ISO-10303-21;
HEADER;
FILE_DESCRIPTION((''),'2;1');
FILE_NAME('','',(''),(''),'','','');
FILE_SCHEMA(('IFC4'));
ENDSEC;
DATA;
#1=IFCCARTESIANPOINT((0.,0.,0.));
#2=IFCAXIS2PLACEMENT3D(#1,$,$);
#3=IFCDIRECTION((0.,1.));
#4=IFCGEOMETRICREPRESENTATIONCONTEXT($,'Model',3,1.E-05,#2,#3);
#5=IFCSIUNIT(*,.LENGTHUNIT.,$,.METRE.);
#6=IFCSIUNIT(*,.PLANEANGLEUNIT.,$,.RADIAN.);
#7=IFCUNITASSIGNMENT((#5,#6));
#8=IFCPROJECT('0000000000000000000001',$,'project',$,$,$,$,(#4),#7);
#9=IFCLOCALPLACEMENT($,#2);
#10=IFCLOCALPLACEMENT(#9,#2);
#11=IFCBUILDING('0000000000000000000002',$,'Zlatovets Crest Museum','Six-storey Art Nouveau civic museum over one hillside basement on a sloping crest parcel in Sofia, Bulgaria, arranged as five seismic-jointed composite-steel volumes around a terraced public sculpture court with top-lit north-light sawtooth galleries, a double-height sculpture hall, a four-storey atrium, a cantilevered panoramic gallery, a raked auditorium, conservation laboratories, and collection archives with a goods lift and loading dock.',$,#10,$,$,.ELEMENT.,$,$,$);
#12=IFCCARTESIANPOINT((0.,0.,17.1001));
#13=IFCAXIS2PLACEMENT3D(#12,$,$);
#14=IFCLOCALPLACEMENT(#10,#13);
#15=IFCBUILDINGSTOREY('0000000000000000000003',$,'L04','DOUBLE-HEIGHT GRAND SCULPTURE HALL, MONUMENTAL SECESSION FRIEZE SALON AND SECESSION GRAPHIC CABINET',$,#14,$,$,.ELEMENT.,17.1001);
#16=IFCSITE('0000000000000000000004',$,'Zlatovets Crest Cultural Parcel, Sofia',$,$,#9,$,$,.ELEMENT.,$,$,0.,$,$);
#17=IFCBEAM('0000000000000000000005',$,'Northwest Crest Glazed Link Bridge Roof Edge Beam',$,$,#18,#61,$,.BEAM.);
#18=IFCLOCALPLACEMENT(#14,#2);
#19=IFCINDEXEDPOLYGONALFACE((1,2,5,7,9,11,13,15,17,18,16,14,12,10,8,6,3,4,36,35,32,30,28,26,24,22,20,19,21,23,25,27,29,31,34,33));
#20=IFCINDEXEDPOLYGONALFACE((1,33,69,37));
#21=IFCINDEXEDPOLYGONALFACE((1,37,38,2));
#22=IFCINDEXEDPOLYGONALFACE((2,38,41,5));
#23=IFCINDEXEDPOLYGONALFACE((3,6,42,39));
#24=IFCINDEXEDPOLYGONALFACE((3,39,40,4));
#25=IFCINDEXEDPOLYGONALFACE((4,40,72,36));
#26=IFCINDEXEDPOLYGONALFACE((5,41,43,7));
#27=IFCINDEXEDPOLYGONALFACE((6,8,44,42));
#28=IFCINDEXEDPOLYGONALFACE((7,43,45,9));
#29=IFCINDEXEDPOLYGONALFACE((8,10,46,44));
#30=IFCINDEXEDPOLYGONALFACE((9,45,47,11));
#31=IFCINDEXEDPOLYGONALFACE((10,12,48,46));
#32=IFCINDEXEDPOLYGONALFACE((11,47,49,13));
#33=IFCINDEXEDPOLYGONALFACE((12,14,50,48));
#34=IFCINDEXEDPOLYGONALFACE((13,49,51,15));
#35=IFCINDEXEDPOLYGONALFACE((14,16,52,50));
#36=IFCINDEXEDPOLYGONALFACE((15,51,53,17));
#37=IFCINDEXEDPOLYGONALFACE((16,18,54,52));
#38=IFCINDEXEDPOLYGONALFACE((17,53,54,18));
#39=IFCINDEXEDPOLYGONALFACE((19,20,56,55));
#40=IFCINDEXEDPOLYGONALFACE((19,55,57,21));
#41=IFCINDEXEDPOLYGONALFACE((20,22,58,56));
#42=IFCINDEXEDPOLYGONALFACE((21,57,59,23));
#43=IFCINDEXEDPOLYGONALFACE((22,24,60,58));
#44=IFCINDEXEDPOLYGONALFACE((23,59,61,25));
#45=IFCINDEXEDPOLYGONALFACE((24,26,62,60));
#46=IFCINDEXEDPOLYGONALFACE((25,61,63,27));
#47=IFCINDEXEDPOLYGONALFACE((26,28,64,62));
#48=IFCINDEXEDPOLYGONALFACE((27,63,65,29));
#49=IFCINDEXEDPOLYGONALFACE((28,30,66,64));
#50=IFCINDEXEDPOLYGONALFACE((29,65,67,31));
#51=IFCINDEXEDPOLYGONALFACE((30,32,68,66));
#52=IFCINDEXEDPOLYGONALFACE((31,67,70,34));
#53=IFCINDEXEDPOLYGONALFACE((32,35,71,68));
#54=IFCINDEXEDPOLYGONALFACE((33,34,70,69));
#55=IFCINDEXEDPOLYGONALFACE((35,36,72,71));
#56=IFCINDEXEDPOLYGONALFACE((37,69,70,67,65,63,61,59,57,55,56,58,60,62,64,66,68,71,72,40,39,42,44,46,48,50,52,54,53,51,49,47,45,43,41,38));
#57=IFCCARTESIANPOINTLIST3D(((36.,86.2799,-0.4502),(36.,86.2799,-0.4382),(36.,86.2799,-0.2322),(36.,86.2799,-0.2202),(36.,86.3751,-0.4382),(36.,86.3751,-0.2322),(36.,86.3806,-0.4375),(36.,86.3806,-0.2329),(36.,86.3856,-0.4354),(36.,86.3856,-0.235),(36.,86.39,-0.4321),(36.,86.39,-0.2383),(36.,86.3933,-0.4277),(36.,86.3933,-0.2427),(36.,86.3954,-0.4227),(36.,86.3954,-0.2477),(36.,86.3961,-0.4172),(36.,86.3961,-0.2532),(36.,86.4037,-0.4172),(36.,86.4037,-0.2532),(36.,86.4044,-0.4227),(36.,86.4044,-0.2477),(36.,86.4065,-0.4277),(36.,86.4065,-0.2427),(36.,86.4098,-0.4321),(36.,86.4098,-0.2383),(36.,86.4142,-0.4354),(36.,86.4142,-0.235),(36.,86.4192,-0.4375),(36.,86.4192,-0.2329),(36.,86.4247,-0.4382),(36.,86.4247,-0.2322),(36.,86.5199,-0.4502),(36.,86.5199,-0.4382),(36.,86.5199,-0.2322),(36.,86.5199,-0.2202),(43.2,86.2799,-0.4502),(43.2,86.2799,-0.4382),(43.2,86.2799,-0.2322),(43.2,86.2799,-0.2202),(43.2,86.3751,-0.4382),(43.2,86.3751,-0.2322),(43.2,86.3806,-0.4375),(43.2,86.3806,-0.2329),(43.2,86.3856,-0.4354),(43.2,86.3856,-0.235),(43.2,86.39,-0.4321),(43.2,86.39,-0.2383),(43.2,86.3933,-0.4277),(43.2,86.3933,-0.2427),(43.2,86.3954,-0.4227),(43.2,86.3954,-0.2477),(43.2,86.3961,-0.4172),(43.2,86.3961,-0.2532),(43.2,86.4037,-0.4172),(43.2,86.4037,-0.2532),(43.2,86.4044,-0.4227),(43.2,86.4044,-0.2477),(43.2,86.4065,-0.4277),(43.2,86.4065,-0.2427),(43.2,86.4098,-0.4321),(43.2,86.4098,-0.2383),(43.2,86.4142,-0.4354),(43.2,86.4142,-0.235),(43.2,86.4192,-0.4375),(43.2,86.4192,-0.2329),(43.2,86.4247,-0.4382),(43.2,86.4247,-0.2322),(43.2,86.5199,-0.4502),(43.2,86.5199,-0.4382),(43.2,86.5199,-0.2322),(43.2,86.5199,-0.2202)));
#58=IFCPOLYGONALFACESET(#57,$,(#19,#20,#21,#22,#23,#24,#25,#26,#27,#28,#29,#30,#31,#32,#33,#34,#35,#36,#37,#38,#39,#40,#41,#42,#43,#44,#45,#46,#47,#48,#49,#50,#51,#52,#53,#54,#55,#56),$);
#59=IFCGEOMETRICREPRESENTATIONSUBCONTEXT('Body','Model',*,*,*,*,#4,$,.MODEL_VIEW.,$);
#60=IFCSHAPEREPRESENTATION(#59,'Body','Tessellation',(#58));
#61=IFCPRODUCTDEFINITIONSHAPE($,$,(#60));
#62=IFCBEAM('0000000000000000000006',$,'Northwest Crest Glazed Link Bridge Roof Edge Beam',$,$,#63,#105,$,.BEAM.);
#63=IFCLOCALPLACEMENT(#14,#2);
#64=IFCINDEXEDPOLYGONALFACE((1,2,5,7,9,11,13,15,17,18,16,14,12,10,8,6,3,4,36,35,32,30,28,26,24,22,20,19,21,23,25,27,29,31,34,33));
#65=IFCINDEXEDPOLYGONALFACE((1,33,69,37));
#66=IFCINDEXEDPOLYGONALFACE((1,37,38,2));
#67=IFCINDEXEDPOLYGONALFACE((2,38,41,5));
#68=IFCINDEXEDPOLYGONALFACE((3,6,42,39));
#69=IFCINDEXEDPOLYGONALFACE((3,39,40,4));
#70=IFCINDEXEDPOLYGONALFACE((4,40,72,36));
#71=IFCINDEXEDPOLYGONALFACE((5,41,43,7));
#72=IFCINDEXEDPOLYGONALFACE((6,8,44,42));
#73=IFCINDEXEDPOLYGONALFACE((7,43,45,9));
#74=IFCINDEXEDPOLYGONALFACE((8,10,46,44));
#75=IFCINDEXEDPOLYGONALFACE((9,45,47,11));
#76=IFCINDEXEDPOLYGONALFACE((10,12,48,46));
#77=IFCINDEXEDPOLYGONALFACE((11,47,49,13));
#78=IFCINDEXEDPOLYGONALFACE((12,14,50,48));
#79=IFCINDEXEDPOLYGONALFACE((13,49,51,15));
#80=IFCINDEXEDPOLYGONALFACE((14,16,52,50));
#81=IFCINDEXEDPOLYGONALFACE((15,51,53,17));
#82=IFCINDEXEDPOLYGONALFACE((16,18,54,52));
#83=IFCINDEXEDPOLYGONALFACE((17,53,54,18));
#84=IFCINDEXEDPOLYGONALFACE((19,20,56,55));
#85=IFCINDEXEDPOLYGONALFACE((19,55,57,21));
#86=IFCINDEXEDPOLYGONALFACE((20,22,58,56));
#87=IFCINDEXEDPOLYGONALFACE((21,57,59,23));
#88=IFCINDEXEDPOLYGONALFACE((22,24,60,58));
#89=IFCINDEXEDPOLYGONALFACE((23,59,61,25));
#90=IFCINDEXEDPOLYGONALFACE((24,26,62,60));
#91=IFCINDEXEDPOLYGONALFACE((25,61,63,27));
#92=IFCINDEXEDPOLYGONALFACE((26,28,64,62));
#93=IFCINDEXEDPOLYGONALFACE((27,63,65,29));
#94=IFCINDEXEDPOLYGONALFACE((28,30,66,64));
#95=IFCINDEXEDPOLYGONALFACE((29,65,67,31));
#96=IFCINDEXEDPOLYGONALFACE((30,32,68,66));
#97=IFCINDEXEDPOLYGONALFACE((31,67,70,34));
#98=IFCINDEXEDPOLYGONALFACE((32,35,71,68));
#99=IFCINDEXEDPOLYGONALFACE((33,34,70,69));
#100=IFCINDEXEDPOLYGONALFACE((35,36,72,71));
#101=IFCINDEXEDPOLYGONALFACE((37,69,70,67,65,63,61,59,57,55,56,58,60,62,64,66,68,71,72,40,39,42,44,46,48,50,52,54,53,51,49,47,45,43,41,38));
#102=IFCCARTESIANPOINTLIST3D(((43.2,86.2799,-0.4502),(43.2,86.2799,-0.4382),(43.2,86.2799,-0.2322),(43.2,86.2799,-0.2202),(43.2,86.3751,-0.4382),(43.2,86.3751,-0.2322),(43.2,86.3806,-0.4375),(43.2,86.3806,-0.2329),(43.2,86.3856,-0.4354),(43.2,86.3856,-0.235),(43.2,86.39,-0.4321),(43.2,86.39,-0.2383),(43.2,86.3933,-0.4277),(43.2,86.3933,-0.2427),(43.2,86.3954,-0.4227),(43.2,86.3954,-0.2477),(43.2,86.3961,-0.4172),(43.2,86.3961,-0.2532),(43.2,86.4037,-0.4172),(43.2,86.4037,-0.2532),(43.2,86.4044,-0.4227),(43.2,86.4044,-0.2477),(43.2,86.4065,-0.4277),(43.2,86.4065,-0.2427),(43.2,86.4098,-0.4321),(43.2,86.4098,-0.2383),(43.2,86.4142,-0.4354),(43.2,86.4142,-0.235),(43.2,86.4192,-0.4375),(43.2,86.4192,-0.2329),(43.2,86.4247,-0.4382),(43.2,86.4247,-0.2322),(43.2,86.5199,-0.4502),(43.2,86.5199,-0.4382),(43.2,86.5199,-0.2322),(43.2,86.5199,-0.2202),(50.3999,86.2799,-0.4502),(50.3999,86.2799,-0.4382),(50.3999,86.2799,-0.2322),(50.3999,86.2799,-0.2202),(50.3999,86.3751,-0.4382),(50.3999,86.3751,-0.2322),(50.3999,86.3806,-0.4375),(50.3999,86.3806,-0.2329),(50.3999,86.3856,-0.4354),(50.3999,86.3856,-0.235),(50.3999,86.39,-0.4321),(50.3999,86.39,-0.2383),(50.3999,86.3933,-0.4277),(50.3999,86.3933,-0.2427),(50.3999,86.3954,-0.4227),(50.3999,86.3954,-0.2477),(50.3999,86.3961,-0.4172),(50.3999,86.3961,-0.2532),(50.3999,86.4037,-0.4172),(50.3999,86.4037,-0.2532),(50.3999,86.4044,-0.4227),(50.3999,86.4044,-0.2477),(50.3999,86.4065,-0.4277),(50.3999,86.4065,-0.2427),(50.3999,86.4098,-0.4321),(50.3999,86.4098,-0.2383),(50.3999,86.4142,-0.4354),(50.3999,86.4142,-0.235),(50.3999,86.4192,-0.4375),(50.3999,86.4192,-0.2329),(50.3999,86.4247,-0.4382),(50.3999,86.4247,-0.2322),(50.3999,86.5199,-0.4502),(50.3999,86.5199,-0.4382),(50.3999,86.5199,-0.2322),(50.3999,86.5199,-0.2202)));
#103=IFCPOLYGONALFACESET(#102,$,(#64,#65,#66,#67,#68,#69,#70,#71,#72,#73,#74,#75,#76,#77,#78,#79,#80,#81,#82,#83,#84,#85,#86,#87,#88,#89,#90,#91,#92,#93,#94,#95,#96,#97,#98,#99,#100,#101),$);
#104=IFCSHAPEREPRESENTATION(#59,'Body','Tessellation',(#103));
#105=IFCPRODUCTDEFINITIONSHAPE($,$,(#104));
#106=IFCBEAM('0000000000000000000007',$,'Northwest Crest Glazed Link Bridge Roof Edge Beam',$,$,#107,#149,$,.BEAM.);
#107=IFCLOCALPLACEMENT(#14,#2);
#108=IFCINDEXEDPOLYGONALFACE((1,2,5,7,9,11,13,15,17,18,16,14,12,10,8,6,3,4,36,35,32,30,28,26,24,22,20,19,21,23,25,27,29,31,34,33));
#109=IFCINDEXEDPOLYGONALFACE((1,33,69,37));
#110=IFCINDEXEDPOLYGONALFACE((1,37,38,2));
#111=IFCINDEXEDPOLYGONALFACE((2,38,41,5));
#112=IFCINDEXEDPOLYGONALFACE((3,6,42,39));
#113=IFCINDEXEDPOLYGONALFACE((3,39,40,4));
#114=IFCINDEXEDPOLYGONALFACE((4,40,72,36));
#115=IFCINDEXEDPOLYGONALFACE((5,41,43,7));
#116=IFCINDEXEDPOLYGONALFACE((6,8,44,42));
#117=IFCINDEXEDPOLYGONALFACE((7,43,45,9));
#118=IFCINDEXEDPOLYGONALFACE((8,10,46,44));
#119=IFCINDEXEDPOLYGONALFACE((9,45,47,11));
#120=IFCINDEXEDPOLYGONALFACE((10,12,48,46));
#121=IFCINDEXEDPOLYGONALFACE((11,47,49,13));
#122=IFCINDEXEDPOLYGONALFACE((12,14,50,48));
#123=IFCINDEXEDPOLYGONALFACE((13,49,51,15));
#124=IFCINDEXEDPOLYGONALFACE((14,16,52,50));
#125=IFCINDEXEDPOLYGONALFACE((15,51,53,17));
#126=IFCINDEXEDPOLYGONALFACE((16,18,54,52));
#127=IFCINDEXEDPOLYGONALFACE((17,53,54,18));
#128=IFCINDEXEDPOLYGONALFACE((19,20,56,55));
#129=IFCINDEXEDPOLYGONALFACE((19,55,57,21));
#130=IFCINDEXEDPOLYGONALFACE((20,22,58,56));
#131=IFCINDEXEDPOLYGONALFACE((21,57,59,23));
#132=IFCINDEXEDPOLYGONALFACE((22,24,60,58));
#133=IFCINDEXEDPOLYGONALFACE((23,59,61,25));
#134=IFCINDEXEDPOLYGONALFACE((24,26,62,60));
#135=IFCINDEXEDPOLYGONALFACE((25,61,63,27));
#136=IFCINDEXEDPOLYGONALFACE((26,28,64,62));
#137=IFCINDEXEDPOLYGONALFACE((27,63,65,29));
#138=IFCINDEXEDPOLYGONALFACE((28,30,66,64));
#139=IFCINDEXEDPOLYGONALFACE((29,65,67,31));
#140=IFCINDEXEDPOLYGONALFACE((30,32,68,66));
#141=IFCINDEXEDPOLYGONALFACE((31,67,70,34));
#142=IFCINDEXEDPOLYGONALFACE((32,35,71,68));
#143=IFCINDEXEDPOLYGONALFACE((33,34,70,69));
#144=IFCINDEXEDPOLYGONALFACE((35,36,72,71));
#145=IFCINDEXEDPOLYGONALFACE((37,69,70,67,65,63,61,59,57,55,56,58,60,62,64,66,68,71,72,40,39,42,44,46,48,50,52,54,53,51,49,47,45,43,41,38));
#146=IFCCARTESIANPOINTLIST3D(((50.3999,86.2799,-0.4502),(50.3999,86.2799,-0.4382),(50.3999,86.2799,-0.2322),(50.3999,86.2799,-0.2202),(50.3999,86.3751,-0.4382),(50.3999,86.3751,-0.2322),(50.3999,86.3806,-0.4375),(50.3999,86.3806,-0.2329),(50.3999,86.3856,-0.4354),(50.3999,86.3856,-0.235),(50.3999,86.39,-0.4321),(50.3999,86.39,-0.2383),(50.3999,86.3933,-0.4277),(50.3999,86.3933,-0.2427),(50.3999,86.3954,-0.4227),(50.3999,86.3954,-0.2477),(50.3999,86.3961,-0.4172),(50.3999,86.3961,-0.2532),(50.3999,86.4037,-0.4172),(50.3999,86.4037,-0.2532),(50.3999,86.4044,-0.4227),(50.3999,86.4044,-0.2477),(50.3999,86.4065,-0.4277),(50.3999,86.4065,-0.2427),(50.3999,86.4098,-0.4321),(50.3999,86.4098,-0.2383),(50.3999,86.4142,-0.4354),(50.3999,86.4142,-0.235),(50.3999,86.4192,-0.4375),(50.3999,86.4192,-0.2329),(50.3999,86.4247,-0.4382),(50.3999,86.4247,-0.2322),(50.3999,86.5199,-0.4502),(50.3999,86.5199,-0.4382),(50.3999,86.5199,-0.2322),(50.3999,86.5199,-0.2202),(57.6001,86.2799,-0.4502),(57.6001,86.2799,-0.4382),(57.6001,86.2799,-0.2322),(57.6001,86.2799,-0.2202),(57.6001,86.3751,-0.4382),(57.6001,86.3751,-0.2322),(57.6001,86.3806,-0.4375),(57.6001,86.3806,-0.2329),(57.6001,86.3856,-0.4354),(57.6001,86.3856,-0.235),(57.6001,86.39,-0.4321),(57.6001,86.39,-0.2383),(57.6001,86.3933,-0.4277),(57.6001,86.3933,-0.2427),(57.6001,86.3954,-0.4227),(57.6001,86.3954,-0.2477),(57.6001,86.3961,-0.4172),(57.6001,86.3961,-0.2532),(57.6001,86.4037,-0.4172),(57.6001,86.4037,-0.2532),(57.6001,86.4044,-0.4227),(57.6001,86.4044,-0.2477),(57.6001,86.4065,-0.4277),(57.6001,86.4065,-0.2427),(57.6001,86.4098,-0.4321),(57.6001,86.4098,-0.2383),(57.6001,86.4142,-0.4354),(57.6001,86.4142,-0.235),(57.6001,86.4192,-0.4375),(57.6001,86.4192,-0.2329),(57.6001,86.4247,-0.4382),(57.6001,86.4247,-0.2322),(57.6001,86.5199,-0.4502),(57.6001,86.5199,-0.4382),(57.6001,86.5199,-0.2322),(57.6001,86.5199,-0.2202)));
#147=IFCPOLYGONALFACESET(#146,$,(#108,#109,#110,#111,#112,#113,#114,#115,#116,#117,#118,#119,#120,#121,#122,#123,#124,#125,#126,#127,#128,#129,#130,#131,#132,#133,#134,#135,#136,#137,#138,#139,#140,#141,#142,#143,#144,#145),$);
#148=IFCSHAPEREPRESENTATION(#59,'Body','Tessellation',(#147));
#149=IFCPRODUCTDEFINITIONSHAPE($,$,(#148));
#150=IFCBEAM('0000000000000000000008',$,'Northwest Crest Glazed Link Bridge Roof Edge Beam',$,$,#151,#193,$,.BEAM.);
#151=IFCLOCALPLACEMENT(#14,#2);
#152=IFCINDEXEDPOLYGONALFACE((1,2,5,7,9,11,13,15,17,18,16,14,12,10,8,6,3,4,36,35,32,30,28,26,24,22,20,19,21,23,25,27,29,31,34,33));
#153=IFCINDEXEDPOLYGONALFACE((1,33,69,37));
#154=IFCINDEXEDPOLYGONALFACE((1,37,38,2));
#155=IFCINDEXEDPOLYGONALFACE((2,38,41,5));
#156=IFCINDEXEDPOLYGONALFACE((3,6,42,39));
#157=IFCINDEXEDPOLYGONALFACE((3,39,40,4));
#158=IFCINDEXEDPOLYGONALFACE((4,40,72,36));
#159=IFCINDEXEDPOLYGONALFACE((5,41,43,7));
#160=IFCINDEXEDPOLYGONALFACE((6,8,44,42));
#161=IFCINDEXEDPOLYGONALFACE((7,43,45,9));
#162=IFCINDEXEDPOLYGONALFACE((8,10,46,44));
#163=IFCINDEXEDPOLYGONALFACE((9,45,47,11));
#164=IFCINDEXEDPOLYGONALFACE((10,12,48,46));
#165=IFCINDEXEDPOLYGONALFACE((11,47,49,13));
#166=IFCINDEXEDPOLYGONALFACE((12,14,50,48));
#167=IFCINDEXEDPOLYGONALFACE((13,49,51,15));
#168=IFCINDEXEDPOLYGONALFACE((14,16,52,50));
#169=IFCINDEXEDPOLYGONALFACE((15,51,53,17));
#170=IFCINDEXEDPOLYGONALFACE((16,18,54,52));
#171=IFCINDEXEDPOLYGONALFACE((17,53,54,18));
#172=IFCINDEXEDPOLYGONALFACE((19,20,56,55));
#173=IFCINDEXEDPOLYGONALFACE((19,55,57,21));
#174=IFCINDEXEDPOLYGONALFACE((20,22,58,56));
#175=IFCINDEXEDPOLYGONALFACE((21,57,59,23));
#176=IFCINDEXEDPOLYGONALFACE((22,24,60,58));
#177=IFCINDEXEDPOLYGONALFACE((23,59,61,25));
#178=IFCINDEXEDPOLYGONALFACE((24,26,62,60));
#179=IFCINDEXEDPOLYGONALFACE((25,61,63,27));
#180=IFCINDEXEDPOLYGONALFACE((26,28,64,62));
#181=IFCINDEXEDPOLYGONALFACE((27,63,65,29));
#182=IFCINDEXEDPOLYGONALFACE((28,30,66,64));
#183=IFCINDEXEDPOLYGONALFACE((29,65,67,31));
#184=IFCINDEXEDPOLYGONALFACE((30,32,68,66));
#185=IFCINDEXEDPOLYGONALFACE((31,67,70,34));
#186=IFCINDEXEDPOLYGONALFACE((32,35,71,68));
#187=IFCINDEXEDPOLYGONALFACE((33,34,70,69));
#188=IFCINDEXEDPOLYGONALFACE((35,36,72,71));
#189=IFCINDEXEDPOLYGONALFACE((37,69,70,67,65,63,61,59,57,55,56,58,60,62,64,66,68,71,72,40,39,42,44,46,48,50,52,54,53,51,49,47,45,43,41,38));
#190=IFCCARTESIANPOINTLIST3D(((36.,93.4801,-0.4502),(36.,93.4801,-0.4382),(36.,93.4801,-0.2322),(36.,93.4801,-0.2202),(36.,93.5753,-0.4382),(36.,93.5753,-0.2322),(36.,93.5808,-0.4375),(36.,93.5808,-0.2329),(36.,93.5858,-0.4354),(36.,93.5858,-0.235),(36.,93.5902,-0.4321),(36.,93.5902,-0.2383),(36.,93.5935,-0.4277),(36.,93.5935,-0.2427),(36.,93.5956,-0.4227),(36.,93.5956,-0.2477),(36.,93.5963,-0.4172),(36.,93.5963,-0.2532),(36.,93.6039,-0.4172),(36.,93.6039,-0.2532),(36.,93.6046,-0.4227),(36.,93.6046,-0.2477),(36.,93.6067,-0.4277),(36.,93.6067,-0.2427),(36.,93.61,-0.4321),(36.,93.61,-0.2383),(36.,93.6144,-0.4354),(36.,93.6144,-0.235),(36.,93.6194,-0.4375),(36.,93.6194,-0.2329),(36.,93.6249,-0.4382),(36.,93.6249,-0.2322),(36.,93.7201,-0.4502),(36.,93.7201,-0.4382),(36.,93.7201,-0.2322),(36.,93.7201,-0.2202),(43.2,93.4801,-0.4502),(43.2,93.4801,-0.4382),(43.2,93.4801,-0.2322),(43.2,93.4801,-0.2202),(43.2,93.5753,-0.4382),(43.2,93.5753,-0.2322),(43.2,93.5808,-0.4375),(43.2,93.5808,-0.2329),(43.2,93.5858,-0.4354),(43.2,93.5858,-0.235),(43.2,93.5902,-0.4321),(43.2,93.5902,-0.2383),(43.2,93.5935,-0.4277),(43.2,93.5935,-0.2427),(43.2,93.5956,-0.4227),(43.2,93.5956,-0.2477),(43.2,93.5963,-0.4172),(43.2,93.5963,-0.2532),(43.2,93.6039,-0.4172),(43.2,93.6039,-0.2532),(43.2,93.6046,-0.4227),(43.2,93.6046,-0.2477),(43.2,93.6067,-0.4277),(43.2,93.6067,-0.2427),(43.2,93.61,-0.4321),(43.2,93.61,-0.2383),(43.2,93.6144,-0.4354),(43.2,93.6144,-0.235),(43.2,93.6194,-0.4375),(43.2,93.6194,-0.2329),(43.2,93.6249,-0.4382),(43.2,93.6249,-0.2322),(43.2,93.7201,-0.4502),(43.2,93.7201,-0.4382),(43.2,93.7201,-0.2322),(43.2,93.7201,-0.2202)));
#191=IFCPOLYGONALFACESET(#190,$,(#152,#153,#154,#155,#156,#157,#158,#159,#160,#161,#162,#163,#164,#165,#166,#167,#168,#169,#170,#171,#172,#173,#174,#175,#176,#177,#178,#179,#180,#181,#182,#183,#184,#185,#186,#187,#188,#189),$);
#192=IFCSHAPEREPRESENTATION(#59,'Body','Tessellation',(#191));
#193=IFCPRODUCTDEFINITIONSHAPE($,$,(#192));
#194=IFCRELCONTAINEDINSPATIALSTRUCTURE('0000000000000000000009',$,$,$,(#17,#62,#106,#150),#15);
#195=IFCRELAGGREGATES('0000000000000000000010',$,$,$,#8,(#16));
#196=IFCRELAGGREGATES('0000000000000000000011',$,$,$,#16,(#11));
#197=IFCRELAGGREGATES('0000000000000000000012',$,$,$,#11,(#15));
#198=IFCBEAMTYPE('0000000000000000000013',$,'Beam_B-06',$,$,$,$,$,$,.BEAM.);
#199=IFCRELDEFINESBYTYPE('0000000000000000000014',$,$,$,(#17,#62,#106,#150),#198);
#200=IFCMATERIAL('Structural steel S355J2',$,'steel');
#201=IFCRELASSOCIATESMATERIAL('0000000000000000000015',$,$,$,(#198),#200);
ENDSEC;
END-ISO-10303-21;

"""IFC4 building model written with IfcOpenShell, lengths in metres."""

from ifc_helpers import new_model, si_unit, direction, frame, origin, origin_2d, place, context, subcontext, project, spatial, i_section, extrude, material, material_profile, profile_set, type_object, element, save


model = new_model("IFC4")

# Units and contexts
model_context = context("Model", 3, precision=1e-05, world=origin(), true_north=direction((0.0, 1.0)))
body_context = subcontext(model_context, "Body", "Model", "MODEL_VIEW")
ifc_project = project(units=[si_unit("LENGTHUNIT", "METRE"), si_unit("PLANEANGLEUNIT", "RADIAN")], contexts=[model_context])

# Site, building, storey
site_placement = place(None, origin())
site = spatial("IfcSite", under=ifc_project, at=site_placement, Name="Zlatovets Crest Cultural Parcel, Sofia", CompositionType="ELEMENT", RefElevation=0.0)
building_placement = place(site_placement, origin())
building = spatial("IfcBuilding", under=site, at=building_placement, Name="Zlatovets Crest Museum", Description="Six-storey Art Nouveau civic museum over one hillside basement on a sloping crest parcel in Sofia, Bulgaria, arranged as five seismic-jointed composite-steel volumes around a terraced public sculpture court with top-lit north-light sawtooth galleries, a double-height sculpture hall, a four-storey atrium, a cantilevered panoramic gallery, a raked auditorium, conservation laboratories, and collection archives with a goods lift and loading dock.", CompositionType="ELEMENT")
storey_placement = place(building_placement, frame((0.0, 0.0, 17.1001)))
storey = spatial("IfcBuildingStorey", under=building, at=storey_placement, Name="L04", Description="DOUBLE-HEIGHT GRAND SCULPTURE HALL, MONUMENTAL SECESSION FRIEZE SALON AND SECESSION GRAPHIC CABINET", CompositionType="ELEMENT", Elevation=17.1001)

# Beams
ifc_material_1 = material(Name="Structural steel S355J2", Category="steel")
ifc_material_profile_1 = material_profile(ifc_material_1, i_section(OverallWidth=0.24, OverallDepth=0.23, WebThickness=0.0076, FlangeThickness=0.012, FilletRadius=0.021, at=origin_2d()), Name="HEA 240")
ifc_profile_set_1 = profile_set([ifc_material_profile_1], Name="Structural steel S355J2")
beam_type_1 = type_object("IfcBeamType", Name="Beam_B-06", PredefinedType="BEAM", material=ifc_profile_set_1)
for number, where, z_axis, x_axis, name in (
    (1, (36.0, 86.3999, -0.3352), (1.0, 0.0, 0.0), (0.0, 1.0, 0.0), "Northwest Crest Glazed Link Bridge Roof Edge Beam"),
    (2, (43.2, 86.3999, -0.3352), (1.0, 0.0, 0.0), (0.0, 1.0, 0.0), "Northwest Crest Glazed Link Bridge Roof Edge Beam"),
):
    element("IfcBeam", number, at=place(storey_placement, frame(where, z_axis=z_axis, x_axis=x_axis)), inside=storey, type_object=beam_type_1, Name=name, PredefinedType="BEAM", context=body_context, shape_type="SweptSolid", body=[
        extrude(i_section(OverallWidth=0.24, OverallDepth=0.23, WebThickness=0.0076, FlangeThickness=0.012, FilletRadius=0.021, at=origin_2d()), origin(), (0.0, 0.0, 1.0), 7.2),
    ])
beam_1_placement = place(storey_placement, frame((50.3999, 86.3999, -0.3352), z_axis=(1.0, 0.0, 0.0), x_axis=(0.0, 1.0, 0.0)))
element("IfcBeam", 3, at=beam_1_placement, inside=storey, type_object=beam_type_1, Name="Northwest Crest Glazed Link Bridge Roof Edge Beam", PredefinedType="BEAM", context=body_context, shape_type="SweptSolid", body=[
    extrude(i_section(OverallWidth=0.24, OverallDepth=0.23, WebThickness=0.0076, FlangeThickness=0.012, FilletRadius=0.021, at=origin_2d()), origin(), (0.0, 0.0, 1.0), 7.2002),
])
for number, where, z_axis, x_axis, name in (
    (4, (36.0, 93.6001, -0.3352), (1.0, 0.0, 0.0), (0.0, 1.0, 0.0), "Northwest Crest Glazed Link Bridge Roof Edge Beam"),
):
    element("IfcBeam", number, at=place(storey_placement, frame(where, z_axis=z_axis, x_axis=x_axis)), inside=storey, type_object=beam_type_1, Name=name, PredefinedType="BEAM", context=body_context, shape_type="SweptSolid", body=[
        extrude(i_section(OverallWidth=0.24, OverallDepth=0.23, WebThickness=0.0076, FlangeThickness=0.012, FilletRadius=0.021, at=origin_2d()), origin(), (0.0, 0.0, 1.0), 7.2),
    ])

save(model, "model.ifc")
